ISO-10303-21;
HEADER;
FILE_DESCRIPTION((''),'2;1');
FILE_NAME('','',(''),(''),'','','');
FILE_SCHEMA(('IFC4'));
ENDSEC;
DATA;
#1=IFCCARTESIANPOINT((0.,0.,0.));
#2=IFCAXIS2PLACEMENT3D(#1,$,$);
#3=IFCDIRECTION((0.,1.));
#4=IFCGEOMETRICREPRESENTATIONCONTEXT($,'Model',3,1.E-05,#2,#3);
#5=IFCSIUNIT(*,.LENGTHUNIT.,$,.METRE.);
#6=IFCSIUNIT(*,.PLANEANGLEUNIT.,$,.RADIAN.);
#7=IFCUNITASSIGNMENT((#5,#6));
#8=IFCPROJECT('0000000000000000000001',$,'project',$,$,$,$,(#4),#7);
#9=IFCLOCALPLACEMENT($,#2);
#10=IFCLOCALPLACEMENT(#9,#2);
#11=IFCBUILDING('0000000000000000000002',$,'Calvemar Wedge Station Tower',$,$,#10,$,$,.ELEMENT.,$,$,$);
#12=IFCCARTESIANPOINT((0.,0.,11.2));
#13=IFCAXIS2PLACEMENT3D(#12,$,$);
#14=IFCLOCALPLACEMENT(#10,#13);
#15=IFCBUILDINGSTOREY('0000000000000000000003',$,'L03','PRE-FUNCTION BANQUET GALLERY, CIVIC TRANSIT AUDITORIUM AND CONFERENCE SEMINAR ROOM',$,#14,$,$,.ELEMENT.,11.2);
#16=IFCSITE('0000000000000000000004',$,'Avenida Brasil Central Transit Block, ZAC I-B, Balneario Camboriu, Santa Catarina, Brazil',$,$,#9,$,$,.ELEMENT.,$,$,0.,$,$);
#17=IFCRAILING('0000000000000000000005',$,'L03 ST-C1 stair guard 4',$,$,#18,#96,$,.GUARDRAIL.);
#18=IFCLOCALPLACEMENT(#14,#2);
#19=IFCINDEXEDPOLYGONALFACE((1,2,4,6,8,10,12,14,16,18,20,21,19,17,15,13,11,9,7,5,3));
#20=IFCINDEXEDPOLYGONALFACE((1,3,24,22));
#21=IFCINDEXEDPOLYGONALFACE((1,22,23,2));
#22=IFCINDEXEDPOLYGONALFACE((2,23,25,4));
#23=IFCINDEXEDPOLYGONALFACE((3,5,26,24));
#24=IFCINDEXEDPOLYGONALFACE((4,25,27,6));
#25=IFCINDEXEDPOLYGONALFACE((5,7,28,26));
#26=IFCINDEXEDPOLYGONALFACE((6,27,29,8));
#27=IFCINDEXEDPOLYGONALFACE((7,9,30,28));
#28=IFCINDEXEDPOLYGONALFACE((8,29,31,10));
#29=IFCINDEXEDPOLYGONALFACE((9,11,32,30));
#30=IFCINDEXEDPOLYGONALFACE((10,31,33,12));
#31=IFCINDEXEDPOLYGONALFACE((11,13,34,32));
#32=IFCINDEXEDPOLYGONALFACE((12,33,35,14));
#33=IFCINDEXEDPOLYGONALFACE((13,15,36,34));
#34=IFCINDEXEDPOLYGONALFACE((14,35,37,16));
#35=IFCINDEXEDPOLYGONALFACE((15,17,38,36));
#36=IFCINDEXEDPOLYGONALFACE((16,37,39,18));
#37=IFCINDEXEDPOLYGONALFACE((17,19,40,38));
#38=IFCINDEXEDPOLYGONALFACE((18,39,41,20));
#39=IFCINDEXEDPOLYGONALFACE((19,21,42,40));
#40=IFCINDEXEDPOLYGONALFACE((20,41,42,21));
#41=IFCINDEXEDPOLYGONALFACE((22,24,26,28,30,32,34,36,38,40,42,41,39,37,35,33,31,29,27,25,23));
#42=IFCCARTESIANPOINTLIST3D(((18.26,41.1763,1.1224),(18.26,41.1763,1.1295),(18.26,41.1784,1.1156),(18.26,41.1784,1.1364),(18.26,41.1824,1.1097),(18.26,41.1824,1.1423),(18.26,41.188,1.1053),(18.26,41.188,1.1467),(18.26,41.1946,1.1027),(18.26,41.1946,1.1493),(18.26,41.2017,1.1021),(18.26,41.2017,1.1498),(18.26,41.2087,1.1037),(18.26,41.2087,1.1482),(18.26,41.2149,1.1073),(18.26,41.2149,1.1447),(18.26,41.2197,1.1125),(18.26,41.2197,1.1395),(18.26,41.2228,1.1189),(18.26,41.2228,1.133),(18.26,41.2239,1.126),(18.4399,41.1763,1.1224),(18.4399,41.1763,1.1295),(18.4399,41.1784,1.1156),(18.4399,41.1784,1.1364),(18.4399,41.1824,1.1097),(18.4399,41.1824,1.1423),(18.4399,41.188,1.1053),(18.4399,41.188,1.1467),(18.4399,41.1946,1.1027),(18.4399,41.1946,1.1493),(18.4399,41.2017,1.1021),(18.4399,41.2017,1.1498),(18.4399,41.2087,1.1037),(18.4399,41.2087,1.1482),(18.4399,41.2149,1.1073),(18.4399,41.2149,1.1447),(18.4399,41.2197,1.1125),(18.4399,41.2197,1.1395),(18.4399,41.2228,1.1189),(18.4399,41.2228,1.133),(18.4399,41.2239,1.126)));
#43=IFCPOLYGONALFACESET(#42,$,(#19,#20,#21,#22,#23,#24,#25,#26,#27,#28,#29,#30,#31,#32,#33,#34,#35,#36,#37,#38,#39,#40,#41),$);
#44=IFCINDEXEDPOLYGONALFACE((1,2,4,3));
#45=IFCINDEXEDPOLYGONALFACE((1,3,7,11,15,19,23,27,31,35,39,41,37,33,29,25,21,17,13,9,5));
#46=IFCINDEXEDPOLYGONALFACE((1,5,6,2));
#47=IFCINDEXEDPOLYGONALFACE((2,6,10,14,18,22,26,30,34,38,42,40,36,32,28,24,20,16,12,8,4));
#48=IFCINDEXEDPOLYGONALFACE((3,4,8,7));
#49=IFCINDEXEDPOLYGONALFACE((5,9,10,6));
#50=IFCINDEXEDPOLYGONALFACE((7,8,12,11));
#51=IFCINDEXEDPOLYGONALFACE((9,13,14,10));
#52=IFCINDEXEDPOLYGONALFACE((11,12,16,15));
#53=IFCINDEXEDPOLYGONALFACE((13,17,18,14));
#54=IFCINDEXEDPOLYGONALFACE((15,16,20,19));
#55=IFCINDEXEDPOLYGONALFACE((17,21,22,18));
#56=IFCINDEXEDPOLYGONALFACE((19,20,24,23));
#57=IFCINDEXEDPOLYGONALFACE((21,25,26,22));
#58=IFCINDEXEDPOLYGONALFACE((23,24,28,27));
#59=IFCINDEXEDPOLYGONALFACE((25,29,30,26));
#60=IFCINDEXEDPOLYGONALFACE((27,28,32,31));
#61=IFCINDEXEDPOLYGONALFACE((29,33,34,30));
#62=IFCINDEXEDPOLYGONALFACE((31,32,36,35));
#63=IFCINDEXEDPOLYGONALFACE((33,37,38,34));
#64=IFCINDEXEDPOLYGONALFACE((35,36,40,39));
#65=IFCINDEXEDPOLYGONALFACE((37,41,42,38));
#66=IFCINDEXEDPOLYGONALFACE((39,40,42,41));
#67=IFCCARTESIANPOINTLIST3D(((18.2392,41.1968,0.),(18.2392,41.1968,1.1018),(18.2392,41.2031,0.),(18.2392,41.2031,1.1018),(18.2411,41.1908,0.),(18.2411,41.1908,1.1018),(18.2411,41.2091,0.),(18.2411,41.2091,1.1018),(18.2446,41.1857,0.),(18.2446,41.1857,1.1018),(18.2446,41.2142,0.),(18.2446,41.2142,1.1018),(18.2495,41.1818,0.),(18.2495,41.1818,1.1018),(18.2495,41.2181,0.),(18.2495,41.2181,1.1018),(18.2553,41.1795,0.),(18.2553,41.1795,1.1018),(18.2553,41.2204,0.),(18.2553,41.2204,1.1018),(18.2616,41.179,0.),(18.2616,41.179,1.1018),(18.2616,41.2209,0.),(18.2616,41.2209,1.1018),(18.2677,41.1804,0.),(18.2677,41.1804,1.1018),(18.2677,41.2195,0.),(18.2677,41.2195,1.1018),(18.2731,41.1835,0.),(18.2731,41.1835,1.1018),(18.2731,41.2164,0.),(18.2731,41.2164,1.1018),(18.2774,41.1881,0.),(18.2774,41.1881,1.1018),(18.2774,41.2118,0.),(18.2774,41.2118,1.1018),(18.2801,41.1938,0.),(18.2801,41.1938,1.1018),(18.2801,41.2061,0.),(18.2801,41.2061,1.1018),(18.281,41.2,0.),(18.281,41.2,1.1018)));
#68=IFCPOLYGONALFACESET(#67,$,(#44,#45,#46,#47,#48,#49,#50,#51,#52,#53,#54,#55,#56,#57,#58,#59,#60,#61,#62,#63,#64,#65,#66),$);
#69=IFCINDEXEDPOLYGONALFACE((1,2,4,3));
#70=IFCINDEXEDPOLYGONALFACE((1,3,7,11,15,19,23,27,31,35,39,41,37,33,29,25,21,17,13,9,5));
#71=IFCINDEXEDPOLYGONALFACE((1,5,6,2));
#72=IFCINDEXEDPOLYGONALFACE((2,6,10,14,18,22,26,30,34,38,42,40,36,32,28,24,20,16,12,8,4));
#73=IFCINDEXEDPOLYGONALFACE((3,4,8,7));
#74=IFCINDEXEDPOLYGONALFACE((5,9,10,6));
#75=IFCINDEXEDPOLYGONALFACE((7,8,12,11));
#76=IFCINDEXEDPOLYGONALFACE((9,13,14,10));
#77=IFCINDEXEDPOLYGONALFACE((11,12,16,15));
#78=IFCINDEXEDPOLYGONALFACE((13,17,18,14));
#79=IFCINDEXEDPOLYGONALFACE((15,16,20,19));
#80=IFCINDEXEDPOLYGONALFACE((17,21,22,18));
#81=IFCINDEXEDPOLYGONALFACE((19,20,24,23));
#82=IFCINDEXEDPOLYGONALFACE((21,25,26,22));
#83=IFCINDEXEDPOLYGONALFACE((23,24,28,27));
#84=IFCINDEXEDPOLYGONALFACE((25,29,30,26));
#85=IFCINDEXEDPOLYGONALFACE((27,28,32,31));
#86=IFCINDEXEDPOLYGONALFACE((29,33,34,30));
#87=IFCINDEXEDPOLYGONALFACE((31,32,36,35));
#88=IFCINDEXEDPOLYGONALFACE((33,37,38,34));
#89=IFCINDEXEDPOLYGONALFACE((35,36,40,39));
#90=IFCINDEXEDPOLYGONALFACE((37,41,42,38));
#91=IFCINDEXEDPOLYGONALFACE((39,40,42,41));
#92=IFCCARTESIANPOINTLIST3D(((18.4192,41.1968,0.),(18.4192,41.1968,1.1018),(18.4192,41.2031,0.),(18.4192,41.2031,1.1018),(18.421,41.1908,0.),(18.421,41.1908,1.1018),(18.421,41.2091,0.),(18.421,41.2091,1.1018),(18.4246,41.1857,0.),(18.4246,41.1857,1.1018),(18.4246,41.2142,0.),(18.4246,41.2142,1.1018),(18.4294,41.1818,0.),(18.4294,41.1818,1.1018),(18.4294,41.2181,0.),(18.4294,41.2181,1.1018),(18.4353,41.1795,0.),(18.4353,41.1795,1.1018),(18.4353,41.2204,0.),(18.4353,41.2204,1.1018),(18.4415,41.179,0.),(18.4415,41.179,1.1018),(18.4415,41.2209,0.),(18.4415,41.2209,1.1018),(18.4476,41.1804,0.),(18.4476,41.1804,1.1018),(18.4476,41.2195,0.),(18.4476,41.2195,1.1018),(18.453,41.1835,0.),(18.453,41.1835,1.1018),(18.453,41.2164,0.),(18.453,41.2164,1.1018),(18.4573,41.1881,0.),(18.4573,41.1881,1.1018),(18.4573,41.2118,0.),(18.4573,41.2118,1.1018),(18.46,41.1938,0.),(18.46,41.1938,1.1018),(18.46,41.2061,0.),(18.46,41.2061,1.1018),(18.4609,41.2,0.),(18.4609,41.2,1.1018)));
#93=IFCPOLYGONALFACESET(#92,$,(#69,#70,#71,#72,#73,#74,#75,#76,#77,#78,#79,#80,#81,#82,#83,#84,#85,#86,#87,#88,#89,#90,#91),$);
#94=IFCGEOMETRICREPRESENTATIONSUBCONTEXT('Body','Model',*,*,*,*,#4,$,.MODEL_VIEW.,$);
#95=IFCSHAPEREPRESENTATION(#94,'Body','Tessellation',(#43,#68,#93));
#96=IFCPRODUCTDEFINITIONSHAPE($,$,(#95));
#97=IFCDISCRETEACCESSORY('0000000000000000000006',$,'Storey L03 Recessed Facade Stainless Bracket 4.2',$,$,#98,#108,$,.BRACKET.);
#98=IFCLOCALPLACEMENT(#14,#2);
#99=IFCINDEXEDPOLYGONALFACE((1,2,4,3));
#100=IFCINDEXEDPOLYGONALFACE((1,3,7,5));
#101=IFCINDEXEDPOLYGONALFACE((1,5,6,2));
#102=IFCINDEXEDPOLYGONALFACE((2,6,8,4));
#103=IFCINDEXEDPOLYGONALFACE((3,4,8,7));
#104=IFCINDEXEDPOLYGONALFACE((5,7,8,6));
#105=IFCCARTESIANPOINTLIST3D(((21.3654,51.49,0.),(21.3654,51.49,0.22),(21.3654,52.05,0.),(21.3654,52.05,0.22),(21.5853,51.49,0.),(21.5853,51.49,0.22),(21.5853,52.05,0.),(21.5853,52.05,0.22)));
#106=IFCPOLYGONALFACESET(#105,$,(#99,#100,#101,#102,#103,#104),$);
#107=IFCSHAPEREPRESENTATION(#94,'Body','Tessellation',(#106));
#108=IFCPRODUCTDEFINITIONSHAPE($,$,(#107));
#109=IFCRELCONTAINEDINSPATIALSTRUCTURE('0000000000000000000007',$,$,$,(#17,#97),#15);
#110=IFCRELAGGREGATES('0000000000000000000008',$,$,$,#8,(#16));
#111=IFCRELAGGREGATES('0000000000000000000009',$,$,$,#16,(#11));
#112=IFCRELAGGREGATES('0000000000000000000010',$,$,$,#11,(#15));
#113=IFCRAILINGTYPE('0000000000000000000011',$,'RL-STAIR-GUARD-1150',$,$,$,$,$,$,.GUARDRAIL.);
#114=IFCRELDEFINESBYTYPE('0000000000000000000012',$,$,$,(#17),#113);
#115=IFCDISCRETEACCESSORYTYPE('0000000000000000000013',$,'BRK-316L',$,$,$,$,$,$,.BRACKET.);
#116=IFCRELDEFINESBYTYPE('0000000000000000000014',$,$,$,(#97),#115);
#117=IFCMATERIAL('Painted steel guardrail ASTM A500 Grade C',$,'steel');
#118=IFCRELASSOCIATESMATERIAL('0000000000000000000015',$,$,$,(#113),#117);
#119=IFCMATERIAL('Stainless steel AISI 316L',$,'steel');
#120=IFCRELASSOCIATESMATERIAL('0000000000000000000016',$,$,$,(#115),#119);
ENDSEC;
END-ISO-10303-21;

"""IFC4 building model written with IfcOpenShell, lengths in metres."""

from ifc_helpers import new_model, si_unit, direction, frame, origin, origin_2d, place, context, subcontext, project, spatial, rectangle, circle, extrude, source, transform, mapped, material, type_object, element, save


model = new_model("IFC4")

# Units and contexts
model_context = context("Model", 3, precision=1e-05, world=origin(), true_north=direction((0.0, 1.0)))
body_context = subcontext(model_context, "Body", "Model", "MODEL_VIEW")
ifc_project = project(units=[si_unit("LENGTHUNIT", "METRE"), si_unit("PLANEANGLEUNIT", "RADIAN")], contexts=[model_context])

# Site, building, storey
site_placement = place(None, origin())
site = spatial("IfcSite", under=ifc_project, at=site_placement, Name="Avenida Brasil Central Transit Block, ZAC I-B, Balneario Camboriu, Santa Catarina, Brazil", CompositionType="ELEMENT", RefElevation=0.0)
building_placement = place(site_placement, origin())
building = spatial("IfcBuilding", under=site, at=building_placement, Name="Calvemar Wedge Station Tower", CompositionType="ELEMENT")
storey_placement = place(building_placement, frame((0.0, 0.0, 11.2)))
storey = spatial("IfcBuildingStorey", under=building, at=storey_placement, Name="L03", Description="PRE-FUNCTION BANQUET GALLERY, CIVIC TRANSIT AUDITORIUM AND CONFERENCE SEMINAR ROOM", CompositionType="ELEMENT", Elevation=11.2)

# Railing
ifc_material_1 = material(Name="Painted steel guardrail ASTM A500 Grade C", Category="steel")
railing_type = type_object("IfcRailingType", Name="RL-STAIR-GUARD-1150", PredefinedType="GUARDRAIL", material=ifc_material_1)
railing_1_placement = place(storey_placement, frame((18.26, 41.2, 0.0)))
element("IfcRailing", 1, at=railing_1_placement, inside=storey, type_object=railing_type, Name="L03 ST-C1 stair guard 4", PredefinedType="GUARDRAIL", context=body_context, shape_type="SweptSolid", body=[
    extrude(circle(Radius=0.0239, at=origin_2d()), frame((0.0, 0.0, 1.126), z_axis=(1.0, 0.0, 0.0), x_axis=(0.0, 1.0, 0.0)), (0.0, 0.0, 1.0), 0.1799),
    extrude(circle(Radius=0.021, at=origin_2d()), origin(), (0.0, 0.0, 1.0), 1.1018),
    extrude(circle(Radius=0.021, at=origin_2d()), frame((0.1799, 0.0, 0.0)), (0.0, 0.0, 1.0), 1.1018),
])

# Discrete accessory
ifc_material_2 = material(Name="Stainless steel AISI 316L", Category="steel")
discrete_accessory_type = type_object("IfcDiscreteAccessoryType", Name="BRK-316L", PredefinedType="BRACKET", material=ifc_material_2)
shared_shape_1 = source(origin(), body_context, "Body", "SweptSolid", [
    extrude(rectangle(XDim=0.22, YDim=0.5601, at=origin_2d()), origin(), (0.0, 0.0, 1.0), 0.22),
])
discrete_accessory_placement = place(storey_placement, frame((21.4753, 51.77, 0.0), z_axis=(0.0, 0.0, 1.0), x_axis=(-1.0, 0.0, 0.0)))
element("IfcDiscreteAccessory", 2, at=discrete_accessory_placement, inside=storey, type_object=discrete_accessory_type, Name="Storey L03 Recessed Facade Stainless Bracket 4.2", PredefinedType="BRACKET", context=body_context, shape_type="MappedRepresentation", body=[
    mapped(shared_shape_1, transform((0.0, 0.0, 0.0), scale=1.0)),
])

save(model, "model.ifc")
